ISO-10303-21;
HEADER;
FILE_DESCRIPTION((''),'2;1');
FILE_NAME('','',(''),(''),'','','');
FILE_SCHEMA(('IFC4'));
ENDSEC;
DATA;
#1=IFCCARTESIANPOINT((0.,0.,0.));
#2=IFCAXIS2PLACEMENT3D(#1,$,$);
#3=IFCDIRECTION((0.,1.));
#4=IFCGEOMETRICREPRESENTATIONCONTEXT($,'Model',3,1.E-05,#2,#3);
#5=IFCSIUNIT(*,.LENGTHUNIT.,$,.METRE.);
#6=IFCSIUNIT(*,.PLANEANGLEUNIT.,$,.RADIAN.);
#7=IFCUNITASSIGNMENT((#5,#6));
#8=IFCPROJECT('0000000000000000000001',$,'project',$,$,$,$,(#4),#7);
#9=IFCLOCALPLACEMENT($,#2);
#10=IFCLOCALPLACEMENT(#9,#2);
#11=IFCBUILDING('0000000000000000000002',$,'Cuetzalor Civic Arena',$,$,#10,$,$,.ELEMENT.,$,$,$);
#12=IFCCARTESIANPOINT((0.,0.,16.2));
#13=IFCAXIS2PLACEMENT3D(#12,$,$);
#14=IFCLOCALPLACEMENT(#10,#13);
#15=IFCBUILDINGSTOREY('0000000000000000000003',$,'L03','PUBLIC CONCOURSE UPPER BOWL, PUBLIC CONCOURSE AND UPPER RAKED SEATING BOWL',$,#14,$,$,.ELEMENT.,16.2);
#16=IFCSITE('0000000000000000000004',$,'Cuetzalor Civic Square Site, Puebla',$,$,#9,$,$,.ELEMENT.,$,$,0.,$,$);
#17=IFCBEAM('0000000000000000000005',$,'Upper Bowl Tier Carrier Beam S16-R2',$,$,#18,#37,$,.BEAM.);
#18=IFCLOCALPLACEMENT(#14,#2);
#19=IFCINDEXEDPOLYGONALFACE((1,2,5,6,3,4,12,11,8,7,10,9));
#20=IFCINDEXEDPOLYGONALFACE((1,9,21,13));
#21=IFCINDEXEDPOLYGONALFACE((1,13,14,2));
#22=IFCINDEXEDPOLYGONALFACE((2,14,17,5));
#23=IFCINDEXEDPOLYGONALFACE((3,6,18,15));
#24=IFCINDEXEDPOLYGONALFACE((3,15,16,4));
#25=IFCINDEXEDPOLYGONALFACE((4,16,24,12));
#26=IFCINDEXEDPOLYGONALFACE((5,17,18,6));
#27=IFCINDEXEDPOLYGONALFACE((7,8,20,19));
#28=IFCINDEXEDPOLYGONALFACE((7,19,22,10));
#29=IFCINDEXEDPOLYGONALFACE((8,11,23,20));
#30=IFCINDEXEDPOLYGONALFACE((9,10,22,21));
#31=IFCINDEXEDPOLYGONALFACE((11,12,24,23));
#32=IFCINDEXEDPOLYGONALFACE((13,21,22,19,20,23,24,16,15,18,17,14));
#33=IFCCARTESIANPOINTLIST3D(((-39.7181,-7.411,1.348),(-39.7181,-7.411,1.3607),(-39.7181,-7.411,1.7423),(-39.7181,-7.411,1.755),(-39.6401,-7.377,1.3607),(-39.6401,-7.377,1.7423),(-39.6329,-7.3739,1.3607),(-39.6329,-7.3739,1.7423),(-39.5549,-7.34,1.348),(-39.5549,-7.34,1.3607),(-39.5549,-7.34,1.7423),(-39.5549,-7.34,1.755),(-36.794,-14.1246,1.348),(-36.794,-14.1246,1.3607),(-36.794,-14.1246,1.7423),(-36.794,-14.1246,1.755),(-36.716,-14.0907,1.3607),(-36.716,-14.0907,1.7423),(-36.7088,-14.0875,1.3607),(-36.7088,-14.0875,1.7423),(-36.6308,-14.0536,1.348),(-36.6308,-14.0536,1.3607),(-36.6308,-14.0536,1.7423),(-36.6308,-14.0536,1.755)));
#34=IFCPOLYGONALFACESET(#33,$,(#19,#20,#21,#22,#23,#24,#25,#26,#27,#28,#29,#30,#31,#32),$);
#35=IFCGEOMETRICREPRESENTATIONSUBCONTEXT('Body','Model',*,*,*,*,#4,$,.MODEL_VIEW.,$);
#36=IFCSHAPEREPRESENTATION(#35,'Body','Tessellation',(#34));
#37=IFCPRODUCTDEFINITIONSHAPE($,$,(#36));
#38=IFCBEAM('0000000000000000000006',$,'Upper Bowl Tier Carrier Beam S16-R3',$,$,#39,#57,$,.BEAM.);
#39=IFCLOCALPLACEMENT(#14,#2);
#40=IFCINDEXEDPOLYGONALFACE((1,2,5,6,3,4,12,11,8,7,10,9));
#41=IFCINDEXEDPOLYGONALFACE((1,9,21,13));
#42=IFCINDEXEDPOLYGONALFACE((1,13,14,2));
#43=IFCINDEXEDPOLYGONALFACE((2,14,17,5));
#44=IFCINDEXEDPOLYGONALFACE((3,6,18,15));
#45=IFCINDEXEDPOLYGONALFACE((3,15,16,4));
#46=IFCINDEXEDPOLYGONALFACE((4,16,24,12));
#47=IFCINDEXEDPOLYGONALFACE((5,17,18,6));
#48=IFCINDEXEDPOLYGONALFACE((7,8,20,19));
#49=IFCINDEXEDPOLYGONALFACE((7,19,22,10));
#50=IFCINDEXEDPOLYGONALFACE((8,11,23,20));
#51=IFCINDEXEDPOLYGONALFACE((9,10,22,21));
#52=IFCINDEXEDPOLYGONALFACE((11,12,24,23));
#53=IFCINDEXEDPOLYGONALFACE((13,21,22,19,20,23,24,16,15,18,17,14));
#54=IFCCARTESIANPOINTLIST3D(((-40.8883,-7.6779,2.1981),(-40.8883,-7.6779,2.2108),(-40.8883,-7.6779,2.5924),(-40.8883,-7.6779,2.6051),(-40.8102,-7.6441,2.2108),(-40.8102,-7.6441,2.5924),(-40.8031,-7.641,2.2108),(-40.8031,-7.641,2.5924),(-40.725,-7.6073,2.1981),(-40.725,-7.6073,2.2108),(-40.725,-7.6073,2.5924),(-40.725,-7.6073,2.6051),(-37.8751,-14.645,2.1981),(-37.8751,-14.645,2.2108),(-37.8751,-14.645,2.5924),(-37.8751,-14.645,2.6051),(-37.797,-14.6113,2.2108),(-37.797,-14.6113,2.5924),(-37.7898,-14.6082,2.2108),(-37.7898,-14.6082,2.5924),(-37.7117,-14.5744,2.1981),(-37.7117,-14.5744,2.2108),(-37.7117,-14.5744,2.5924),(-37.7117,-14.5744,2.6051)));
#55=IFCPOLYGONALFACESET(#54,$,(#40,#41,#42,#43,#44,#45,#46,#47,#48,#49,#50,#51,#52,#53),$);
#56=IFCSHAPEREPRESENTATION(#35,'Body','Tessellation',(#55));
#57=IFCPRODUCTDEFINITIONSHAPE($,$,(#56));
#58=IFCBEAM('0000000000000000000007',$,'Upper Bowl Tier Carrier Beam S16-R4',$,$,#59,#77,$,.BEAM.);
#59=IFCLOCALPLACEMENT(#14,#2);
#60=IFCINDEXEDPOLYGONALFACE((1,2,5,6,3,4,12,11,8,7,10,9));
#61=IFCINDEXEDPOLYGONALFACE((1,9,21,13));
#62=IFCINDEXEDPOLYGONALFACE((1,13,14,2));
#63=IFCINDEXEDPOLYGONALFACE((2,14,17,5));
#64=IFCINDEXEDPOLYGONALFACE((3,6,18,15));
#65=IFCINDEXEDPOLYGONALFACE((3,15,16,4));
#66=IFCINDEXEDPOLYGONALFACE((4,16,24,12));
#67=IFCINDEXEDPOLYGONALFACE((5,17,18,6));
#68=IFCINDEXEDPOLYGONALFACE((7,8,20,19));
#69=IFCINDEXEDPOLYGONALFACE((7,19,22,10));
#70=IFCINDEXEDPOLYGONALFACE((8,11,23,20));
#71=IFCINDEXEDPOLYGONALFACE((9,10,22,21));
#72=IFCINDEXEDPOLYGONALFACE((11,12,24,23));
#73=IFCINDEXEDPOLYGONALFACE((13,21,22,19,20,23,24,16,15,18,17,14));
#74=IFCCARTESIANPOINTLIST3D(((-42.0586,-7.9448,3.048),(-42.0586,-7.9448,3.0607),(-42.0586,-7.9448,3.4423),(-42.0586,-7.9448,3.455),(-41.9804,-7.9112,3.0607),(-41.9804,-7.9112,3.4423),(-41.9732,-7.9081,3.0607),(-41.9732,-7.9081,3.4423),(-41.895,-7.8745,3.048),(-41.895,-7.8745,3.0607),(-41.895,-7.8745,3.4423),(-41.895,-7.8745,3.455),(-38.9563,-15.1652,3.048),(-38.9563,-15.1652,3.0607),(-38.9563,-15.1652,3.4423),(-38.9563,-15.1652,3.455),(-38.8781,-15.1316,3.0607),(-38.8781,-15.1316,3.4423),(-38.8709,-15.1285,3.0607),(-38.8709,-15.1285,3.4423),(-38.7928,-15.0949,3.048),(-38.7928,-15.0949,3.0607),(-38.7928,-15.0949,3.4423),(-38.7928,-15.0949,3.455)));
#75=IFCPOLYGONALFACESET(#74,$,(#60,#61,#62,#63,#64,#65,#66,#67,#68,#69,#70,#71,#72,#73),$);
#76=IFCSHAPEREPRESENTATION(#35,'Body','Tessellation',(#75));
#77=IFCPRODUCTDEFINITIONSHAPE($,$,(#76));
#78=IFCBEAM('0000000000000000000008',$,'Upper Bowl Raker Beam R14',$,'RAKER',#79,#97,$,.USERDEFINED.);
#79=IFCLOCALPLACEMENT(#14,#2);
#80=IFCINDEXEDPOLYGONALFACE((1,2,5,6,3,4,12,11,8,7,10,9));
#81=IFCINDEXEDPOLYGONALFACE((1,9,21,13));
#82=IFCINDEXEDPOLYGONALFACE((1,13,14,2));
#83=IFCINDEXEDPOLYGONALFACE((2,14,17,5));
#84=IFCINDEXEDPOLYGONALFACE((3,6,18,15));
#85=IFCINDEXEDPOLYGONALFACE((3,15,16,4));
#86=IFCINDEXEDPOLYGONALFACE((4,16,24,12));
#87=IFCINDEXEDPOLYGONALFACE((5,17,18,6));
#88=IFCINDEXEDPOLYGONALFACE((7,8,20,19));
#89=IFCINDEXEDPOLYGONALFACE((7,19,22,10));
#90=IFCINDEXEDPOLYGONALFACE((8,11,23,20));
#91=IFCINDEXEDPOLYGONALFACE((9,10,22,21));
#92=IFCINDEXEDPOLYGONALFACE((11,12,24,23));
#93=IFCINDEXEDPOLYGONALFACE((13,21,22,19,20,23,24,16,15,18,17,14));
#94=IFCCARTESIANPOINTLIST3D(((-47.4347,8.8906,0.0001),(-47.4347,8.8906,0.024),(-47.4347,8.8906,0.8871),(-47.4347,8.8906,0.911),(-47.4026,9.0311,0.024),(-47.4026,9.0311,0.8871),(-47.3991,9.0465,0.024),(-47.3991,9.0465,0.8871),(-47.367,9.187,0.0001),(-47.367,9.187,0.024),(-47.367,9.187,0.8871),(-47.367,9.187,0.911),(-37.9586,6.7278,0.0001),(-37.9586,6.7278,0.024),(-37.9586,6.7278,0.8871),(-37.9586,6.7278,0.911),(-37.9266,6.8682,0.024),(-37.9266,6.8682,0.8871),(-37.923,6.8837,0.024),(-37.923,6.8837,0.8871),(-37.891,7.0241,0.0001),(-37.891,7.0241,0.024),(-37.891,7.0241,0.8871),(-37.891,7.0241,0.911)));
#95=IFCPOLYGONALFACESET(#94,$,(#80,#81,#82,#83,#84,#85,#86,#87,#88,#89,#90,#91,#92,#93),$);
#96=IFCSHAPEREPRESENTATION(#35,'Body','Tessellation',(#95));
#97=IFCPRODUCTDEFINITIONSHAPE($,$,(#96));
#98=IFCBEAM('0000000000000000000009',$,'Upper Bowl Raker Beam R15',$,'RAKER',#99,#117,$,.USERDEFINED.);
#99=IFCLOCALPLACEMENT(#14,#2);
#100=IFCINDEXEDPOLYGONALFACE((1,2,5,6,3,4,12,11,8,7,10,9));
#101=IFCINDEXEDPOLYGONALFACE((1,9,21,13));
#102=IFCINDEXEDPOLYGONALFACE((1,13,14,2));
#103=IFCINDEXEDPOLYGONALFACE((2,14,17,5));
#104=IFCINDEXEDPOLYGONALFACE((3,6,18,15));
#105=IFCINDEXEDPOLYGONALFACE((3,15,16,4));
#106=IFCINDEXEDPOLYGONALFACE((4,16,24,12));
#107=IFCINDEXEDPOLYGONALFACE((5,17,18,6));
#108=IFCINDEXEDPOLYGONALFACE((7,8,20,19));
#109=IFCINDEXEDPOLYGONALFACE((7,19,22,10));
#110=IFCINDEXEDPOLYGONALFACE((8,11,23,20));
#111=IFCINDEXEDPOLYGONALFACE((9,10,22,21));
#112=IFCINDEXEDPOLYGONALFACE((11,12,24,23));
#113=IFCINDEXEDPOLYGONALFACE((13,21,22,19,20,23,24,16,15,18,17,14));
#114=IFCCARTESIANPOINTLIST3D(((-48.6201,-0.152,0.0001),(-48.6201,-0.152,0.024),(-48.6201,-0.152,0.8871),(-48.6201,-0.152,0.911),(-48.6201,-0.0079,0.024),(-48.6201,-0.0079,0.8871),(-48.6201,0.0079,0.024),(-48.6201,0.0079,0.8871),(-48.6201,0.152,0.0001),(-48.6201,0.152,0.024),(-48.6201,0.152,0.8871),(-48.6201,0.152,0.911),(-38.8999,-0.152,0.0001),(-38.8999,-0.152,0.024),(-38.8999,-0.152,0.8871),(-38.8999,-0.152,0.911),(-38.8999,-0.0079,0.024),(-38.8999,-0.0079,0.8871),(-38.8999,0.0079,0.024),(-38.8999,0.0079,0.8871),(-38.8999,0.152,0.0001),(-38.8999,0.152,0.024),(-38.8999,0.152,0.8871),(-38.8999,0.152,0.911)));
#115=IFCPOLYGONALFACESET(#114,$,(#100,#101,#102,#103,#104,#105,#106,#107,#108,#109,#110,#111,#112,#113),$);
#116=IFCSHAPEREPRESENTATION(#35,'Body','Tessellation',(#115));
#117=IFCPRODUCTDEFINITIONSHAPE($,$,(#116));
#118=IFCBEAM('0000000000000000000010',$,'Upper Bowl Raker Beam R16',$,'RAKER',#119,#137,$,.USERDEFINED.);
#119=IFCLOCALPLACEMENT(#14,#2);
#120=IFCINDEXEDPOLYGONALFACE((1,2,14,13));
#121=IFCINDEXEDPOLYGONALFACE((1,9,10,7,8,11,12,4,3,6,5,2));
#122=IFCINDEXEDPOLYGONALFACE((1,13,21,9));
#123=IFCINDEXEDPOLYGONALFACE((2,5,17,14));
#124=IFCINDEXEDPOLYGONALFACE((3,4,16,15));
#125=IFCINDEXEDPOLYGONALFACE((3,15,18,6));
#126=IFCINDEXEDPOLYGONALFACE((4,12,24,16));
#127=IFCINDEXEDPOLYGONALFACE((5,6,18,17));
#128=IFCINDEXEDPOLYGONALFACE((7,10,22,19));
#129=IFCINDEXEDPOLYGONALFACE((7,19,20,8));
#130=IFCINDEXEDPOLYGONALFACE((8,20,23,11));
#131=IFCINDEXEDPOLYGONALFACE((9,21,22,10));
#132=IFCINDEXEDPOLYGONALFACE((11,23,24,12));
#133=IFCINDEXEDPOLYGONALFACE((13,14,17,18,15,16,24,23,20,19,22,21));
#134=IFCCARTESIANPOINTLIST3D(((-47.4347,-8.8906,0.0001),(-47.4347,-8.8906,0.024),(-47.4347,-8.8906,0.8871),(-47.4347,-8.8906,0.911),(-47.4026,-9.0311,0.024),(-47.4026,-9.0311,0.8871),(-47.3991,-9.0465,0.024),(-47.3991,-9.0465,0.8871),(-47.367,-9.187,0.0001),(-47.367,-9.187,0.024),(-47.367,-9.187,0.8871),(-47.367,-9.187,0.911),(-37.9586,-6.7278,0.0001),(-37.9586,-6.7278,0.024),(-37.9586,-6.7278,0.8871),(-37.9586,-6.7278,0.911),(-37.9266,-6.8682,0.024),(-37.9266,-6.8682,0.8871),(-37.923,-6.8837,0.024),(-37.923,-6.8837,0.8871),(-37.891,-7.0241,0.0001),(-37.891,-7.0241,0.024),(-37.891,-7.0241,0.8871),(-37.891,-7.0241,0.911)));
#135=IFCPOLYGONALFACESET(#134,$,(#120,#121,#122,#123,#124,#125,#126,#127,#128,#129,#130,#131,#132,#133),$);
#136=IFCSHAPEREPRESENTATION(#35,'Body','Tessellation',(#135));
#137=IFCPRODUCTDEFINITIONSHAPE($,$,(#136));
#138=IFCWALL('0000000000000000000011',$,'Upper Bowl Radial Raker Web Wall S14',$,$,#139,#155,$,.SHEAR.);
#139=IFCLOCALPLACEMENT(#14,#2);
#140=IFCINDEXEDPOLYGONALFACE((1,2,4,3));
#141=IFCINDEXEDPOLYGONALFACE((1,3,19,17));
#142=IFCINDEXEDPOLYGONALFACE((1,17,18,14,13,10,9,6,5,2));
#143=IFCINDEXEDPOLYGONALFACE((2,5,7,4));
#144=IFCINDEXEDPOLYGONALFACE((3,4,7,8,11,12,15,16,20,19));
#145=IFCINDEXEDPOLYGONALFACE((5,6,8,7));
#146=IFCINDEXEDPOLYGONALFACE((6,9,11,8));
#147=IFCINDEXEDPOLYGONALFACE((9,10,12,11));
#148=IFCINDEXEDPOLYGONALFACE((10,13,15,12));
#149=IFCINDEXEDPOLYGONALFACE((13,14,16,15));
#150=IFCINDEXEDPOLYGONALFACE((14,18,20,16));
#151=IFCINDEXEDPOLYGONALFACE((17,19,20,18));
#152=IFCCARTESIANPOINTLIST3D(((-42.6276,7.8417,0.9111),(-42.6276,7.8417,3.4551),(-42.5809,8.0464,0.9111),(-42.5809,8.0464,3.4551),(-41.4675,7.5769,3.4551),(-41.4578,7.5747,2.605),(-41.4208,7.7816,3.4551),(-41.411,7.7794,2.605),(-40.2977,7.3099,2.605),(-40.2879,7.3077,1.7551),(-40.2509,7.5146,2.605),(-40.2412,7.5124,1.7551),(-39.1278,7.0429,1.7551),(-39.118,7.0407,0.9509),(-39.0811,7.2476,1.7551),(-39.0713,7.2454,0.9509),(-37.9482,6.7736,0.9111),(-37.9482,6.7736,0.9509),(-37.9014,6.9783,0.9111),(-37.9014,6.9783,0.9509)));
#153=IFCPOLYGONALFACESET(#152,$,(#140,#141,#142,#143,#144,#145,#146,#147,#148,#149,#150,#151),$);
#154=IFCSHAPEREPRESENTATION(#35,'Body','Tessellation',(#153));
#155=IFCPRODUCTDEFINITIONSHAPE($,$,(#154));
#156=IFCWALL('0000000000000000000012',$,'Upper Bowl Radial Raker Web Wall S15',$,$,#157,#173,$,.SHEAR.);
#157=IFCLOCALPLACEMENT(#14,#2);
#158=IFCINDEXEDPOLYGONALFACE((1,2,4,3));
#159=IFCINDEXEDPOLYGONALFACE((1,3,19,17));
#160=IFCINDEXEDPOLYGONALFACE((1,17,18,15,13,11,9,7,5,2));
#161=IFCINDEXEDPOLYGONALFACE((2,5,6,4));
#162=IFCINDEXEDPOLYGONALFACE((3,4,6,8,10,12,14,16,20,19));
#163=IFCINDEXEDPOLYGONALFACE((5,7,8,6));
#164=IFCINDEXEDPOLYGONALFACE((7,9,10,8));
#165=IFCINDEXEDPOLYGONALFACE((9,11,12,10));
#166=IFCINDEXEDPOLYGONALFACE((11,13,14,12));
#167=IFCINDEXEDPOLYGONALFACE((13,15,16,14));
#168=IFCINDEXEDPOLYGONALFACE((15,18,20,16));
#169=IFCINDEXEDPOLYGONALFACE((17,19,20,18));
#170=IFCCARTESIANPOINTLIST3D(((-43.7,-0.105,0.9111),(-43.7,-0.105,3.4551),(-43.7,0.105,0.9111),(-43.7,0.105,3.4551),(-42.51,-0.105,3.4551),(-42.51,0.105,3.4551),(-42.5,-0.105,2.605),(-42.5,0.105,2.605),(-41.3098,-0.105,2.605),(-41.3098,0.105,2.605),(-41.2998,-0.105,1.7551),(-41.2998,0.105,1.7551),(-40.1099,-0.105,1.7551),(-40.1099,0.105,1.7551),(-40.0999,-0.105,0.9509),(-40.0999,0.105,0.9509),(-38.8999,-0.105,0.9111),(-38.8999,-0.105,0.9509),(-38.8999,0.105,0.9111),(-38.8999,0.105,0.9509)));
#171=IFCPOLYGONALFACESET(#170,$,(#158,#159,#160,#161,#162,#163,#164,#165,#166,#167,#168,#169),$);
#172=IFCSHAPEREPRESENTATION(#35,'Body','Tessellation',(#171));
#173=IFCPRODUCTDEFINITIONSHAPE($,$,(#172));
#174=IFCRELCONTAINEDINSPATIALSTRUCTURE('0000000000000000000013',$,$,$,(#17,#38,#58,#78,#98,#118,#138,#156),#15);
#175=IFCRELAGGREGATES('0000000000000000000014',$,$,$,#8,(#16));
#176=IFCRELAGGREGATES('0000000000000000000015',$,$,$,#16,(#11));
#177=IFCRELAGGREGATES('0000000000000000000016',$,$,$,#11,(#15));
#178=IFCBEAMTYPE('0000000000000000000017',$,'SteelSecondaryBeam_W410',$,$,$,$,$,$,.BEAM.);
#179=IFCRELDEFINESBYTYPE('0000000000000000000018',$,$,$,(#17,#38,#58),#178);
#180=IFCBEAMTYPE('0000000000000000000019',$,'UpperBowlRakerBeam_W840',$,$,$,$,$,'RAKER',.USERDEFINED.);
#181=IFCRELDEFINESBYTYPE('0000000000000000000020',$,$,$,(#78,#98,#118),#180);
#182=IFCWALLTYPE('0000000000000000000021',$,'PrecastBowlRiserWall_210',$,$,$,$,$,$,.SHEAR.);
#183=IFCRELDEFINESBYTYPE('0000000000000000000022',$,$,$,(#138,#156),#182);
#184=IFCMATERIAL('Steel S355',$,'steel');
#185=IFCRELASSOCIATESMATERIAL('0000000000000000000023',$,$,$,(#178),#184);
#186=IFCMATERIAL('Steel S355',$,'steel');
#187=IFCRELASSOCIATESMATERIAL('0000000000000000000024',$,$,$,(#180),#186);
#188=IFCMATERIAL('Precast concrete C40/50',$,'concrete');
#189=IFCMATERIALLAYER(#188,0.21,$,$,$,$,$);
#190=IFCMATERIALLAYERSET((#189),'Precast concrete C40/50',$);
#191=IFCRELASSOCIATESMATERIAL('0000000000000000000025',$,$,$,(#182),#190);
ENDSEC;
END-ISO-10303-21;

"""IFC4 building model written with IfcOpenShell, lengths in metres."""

from ifc_helpers import new_model, si_unit, direction, frame, origin, origin_2d, place, context, subcontext, project, spatial, polyline, i_section, outline, extrude, material, layer, layer_set, material_profile, profile_set, type_object, element, save


model = new_model("IFC4")

# Units and contexts
model_context = context("Model", 3, precision=1e-05, world=origin(), true_north=direction((0.0, 1.0)))
body_context = subcontext(model_context, "Body", "Model", "MODEL_VIEW")
ifc_project = project(units=[si_unit("LENGTHUNIT", "METRE"), si_unit("PLANEANGLEUNIT", "RADIAN")], contexts=[model_context])

# Site, building, storey
site_placement = place(None, origin())
site = spatial("IfcSite", under=ifc_project, at=site_placement, Name="Cuetzalor Civic Square Site, Puebla", CompositionType="ELEMENT", RefElevation=0.0)
building_placement = place(site_placement, origin())
building = spatial("IfcBuilding", under=site, at=building_placement, Name="Cuetzalor Civic Arena", CompositionType="ELEMENT")
storey_placement = place(building_placement, frame((0.0, 0.0, 16.2)))
storey = spatial("IfcBuildingStorey", under=building, at=storey_placement, Name="L03", Description="PUBLIC CONCOURSE UPPER BOWL, PUBLIC CONCOURSE AND UPPER RAKED SEATING BOWL", CompositionType="ELEMENT", Elevation=16.2)

# Beams
ifc_material_1 = material(Name="Steel S355", Category="steel")
ifc_material_profile_1 = material_profile(ifc_material_1, i_section(OverallWidth=0.178, OverallDepth=0.407, WebThickness=0.0078, FlangeThickness=0.0127, at=origin_2d()), Name="W410x60")
ifc_profile_set_1 = profile_set([ifc_material_profile_1], Name="Steel S355")
beam_type_1 = type_object("IfcBeamType", Name="SteelSecondaryBeam_W410", PredefinedType="BEAM", material=ifc_profile_set_1)
beam_1_placement = place(storey_placement, frame((-39.6365, -7.3755, 1.5515), z_axis=(0.399312, -0.916815, 0.0), x_axis=(0.916815, 0.399312, 0.0)))
element("IfcBeam", 1, at=beam_1_placement, inside=storey, type_object=beam_type_1, Name="Upper Bowl Tier Carrier Beam S16-R2", PredefinedType="BEAM", context=body_context, shape_type="SweptSolid", body=[
    extrude(i_section(OverallWidth=0.178, OverallDepth=0.407, WebThickness=0.0078, FlangeThickness=0.0127, at=origin_2d()), origin(), (0.0, 0.0, 1.0), 7.3228),
])
beam_2_placement = place(storey_placement, frame((-40.8066, -7.6426, 2.4016), z_axis=(0.396957, -0.917837, 0.0), x_axis=(0.917837, 0.396957, 0.0)))
element("IfcBeam", 2, at=beam_2_placement, inside=storey, type_object=beam_type_1, Name="Upper Bowl Tier Carrier Beam S16-R3", PredefinedType="BEAM", context=body_context, shape_type="SweptSolid", body=[
    extrude(i_section(OverallWidth=0.178, OverallDepth=0.407, WebThickness=0.0078, FlangeThickness=0.0127, at=origin_2d()), origin(), (0.0, 0.0, 1.0), 7.5908),
])
beam_3_placement = place(storey_placement, frame((-41.9768, -7.9097, 3.2515), z_axis=(0.394759, -0.918785, 0.0), x_axis=(0.918785, 0.394759, 0.0)))
element("IfcBeam", 3, at=beam_3_placement, inside=storey, type_object=beam_type_1, Name="Upper Bowl Tier Carrier Beam S16-R4", PredefinedType="BEAM", context=body_context, shape_type="SweptSolid", body=[
    extrude(i_section(OverallWidth=0.178, OverallDepth=0.407, WebThickness=0.0078, FlangeThickness=0.0127, at=origin_2d()), origin(), (0.0, 0.0, 1.0), 7.8586),
])
ifc_material_2 = material(Name="Steel S355", Category="steel")
ifc_material_profile_2 = material_profile(ifc_material_2, i_section(OverallWidth=0.304, OverallDepth=0.9109, WebThickness=0.0159, FlangeThickness=0.0239, at=origin_2d()), Name="W920x223")
ifc_profile_set_2 = profile_set([ifc_material_profile_2], Name="Steel S355")
beam_type_2 = type_object("IfcBeamType", Name="UpperBowlRakerBeam_W840", ElementType="RAKER", PredefinedType="USERDEFINED", material=ifc_profile_set_2)
beam_4_placement = place(storey_placement, frame((-37.9248, 6.876, 0.4556), z_axis=(-0.974928, 0.22252, 0.0), x_axis=(-0.22252, -0.974928, 0.0)))
element("IfcBeam", 4, at=beam_4_placement, inside=storey, type_object=beam_type_2, Name="Upper Bowl Raker Beam R14", ObjectType="RAKER", PredefinedType="USERDEFINED", context=body_context, shape_type="SweptSolid", body=[
    extrude(i_section(OverallWidth=0.304, OverallDepth=0.9109, WebThickness=0.0159, FlangeThickness=0.0239, at=origin_2d()), origin(), (0.0, 0.0, 1.0), 9.7197),
])
beam_5_placement = place(storey_placement, frame((-38.8999, 0.0, 0.4556), z_axis=(-1.0, 0.0, 0.0), x_axis=(0.0, -1.0, 0.0)))
element("IfcBeam", 5, at=beam_5_placement, inside=storey, type_object=beam_type_2, Name="Upper Bowl Raker Beam R15", ObjectType="RAKER", PredefinedType="USERDEFINED", context=body_context, shape_type="SweptSolid", body=[
    extrude(i_section(OverallWidth=0.304, OverallDepth=0.9109, WebThickness=0.0159, FlangeThickness=0.0239, at=origin_2d()), origin(), (0.0, 0.0, 1.0), 9.7202),
])
beam_6_placement = place(storey_placement, frame((-37.9248, -6.876, 0.4556), z_axis=(-0.974928, -0.22252, 0.0), x_axis=(0.22252, -0.974928, 0.0)))
element("IfcBeam", 6, at=beam_6_placement, inside=storey, type_object=beam_type_2, Name="Upper Bowl Raker Beam R16", ObjectType="RAKER", PredefinedType="USERDEFINED", context=body_context, shape_type="SweptSolid", body=[
    extrude(i_section(OverallWidth=0.304, OverallDepth=0.9109, WebThickness=0.0159, FlangeThickness=0.0239, at=origin_2d()), origin(), (0.0, 0.0, 1.0), 9.7197),
])

# Walls
ifc_material_3 = material(Name="Precast concrete C40/50", Category="concrete")
ifc_layer = layer(ifc_material_3, 0.21)
ifc_layer_set = layer_set([ifc_layer], Name="Precast concrete C40/50")
wall_type = type_object("IfcWallType", Name="PrecastBowlRiserWall_210", PredefinedType="SHEAR", material=ifc_layer_set)
wall_1_placement = place(storey_placement, frame((-37.9248, 6.876, 0.9111), z_axis=(0.0, 0.0, 1.0), x_axis=(-0.974925, 0.222533, 0.0)))
element("IfcWall", 7, at=wall_1_placement, inside=storey, type_object=wall_type, Name="Upper Bowl Radial Raker Web Wall S14", PredefinedType="SHEAR", context=body_context, shape_type="SweptSolid", body=[
    extrude(outline(polyline([(0.0, 0.0), (4.7998, 0.0), (4.7998, 2.5439), (3.6099, 2.5439), (3.5999, 1.6938), (2.4099, 1.6938), (2.3999, 0.844), (1.21, 0.844), (1.2, 0.0398), (0.0, 0.0398), (0.0, 0.0)])), frame((0.0, 0.105, 0.0), z_axis=(0.0, -1.0, 0.0), x_axis=(1.0, 0.0, 0.0)), (0.0, 0.0, 1.0), 0.21),
])
wall_2_placement = place(storey_placement, frame((-38.8999, 0.0, 0.9111), z_axis=(0.0, 0.0, 1.0), x_axis=(-1.0, 0.0, 0.0)))
element("IfcWall", 8, at=wall_2_placement, inside=storey, type_object=wall_type, Name="Upper Bowl Radial Raker Web Wall S15", PredefinedType="SHEAR", context=body_context, shape_type="SweptSolid", body=[
    extrude(outline(polyline([(0.0, 0.0), (4.8, 0.0), (4.8, 2.5439), (3.6101, 2.5439), (3.6001, 1.6938), (2.4099, 1.6938), (2.3999, 0.844), (1.21, 0.844), (1.2, 0.0398), (0.0, 0.0398), (0.0, 0.0)])), frame((0.0, 0.105, 0.0), z_axis=(0.0, -1.0, 0.0), x_axis=(1.0, 0.0, 0.0)), (0.0, 0.0, 1.0), 0.21),
])

save(model, "model.ifc")
